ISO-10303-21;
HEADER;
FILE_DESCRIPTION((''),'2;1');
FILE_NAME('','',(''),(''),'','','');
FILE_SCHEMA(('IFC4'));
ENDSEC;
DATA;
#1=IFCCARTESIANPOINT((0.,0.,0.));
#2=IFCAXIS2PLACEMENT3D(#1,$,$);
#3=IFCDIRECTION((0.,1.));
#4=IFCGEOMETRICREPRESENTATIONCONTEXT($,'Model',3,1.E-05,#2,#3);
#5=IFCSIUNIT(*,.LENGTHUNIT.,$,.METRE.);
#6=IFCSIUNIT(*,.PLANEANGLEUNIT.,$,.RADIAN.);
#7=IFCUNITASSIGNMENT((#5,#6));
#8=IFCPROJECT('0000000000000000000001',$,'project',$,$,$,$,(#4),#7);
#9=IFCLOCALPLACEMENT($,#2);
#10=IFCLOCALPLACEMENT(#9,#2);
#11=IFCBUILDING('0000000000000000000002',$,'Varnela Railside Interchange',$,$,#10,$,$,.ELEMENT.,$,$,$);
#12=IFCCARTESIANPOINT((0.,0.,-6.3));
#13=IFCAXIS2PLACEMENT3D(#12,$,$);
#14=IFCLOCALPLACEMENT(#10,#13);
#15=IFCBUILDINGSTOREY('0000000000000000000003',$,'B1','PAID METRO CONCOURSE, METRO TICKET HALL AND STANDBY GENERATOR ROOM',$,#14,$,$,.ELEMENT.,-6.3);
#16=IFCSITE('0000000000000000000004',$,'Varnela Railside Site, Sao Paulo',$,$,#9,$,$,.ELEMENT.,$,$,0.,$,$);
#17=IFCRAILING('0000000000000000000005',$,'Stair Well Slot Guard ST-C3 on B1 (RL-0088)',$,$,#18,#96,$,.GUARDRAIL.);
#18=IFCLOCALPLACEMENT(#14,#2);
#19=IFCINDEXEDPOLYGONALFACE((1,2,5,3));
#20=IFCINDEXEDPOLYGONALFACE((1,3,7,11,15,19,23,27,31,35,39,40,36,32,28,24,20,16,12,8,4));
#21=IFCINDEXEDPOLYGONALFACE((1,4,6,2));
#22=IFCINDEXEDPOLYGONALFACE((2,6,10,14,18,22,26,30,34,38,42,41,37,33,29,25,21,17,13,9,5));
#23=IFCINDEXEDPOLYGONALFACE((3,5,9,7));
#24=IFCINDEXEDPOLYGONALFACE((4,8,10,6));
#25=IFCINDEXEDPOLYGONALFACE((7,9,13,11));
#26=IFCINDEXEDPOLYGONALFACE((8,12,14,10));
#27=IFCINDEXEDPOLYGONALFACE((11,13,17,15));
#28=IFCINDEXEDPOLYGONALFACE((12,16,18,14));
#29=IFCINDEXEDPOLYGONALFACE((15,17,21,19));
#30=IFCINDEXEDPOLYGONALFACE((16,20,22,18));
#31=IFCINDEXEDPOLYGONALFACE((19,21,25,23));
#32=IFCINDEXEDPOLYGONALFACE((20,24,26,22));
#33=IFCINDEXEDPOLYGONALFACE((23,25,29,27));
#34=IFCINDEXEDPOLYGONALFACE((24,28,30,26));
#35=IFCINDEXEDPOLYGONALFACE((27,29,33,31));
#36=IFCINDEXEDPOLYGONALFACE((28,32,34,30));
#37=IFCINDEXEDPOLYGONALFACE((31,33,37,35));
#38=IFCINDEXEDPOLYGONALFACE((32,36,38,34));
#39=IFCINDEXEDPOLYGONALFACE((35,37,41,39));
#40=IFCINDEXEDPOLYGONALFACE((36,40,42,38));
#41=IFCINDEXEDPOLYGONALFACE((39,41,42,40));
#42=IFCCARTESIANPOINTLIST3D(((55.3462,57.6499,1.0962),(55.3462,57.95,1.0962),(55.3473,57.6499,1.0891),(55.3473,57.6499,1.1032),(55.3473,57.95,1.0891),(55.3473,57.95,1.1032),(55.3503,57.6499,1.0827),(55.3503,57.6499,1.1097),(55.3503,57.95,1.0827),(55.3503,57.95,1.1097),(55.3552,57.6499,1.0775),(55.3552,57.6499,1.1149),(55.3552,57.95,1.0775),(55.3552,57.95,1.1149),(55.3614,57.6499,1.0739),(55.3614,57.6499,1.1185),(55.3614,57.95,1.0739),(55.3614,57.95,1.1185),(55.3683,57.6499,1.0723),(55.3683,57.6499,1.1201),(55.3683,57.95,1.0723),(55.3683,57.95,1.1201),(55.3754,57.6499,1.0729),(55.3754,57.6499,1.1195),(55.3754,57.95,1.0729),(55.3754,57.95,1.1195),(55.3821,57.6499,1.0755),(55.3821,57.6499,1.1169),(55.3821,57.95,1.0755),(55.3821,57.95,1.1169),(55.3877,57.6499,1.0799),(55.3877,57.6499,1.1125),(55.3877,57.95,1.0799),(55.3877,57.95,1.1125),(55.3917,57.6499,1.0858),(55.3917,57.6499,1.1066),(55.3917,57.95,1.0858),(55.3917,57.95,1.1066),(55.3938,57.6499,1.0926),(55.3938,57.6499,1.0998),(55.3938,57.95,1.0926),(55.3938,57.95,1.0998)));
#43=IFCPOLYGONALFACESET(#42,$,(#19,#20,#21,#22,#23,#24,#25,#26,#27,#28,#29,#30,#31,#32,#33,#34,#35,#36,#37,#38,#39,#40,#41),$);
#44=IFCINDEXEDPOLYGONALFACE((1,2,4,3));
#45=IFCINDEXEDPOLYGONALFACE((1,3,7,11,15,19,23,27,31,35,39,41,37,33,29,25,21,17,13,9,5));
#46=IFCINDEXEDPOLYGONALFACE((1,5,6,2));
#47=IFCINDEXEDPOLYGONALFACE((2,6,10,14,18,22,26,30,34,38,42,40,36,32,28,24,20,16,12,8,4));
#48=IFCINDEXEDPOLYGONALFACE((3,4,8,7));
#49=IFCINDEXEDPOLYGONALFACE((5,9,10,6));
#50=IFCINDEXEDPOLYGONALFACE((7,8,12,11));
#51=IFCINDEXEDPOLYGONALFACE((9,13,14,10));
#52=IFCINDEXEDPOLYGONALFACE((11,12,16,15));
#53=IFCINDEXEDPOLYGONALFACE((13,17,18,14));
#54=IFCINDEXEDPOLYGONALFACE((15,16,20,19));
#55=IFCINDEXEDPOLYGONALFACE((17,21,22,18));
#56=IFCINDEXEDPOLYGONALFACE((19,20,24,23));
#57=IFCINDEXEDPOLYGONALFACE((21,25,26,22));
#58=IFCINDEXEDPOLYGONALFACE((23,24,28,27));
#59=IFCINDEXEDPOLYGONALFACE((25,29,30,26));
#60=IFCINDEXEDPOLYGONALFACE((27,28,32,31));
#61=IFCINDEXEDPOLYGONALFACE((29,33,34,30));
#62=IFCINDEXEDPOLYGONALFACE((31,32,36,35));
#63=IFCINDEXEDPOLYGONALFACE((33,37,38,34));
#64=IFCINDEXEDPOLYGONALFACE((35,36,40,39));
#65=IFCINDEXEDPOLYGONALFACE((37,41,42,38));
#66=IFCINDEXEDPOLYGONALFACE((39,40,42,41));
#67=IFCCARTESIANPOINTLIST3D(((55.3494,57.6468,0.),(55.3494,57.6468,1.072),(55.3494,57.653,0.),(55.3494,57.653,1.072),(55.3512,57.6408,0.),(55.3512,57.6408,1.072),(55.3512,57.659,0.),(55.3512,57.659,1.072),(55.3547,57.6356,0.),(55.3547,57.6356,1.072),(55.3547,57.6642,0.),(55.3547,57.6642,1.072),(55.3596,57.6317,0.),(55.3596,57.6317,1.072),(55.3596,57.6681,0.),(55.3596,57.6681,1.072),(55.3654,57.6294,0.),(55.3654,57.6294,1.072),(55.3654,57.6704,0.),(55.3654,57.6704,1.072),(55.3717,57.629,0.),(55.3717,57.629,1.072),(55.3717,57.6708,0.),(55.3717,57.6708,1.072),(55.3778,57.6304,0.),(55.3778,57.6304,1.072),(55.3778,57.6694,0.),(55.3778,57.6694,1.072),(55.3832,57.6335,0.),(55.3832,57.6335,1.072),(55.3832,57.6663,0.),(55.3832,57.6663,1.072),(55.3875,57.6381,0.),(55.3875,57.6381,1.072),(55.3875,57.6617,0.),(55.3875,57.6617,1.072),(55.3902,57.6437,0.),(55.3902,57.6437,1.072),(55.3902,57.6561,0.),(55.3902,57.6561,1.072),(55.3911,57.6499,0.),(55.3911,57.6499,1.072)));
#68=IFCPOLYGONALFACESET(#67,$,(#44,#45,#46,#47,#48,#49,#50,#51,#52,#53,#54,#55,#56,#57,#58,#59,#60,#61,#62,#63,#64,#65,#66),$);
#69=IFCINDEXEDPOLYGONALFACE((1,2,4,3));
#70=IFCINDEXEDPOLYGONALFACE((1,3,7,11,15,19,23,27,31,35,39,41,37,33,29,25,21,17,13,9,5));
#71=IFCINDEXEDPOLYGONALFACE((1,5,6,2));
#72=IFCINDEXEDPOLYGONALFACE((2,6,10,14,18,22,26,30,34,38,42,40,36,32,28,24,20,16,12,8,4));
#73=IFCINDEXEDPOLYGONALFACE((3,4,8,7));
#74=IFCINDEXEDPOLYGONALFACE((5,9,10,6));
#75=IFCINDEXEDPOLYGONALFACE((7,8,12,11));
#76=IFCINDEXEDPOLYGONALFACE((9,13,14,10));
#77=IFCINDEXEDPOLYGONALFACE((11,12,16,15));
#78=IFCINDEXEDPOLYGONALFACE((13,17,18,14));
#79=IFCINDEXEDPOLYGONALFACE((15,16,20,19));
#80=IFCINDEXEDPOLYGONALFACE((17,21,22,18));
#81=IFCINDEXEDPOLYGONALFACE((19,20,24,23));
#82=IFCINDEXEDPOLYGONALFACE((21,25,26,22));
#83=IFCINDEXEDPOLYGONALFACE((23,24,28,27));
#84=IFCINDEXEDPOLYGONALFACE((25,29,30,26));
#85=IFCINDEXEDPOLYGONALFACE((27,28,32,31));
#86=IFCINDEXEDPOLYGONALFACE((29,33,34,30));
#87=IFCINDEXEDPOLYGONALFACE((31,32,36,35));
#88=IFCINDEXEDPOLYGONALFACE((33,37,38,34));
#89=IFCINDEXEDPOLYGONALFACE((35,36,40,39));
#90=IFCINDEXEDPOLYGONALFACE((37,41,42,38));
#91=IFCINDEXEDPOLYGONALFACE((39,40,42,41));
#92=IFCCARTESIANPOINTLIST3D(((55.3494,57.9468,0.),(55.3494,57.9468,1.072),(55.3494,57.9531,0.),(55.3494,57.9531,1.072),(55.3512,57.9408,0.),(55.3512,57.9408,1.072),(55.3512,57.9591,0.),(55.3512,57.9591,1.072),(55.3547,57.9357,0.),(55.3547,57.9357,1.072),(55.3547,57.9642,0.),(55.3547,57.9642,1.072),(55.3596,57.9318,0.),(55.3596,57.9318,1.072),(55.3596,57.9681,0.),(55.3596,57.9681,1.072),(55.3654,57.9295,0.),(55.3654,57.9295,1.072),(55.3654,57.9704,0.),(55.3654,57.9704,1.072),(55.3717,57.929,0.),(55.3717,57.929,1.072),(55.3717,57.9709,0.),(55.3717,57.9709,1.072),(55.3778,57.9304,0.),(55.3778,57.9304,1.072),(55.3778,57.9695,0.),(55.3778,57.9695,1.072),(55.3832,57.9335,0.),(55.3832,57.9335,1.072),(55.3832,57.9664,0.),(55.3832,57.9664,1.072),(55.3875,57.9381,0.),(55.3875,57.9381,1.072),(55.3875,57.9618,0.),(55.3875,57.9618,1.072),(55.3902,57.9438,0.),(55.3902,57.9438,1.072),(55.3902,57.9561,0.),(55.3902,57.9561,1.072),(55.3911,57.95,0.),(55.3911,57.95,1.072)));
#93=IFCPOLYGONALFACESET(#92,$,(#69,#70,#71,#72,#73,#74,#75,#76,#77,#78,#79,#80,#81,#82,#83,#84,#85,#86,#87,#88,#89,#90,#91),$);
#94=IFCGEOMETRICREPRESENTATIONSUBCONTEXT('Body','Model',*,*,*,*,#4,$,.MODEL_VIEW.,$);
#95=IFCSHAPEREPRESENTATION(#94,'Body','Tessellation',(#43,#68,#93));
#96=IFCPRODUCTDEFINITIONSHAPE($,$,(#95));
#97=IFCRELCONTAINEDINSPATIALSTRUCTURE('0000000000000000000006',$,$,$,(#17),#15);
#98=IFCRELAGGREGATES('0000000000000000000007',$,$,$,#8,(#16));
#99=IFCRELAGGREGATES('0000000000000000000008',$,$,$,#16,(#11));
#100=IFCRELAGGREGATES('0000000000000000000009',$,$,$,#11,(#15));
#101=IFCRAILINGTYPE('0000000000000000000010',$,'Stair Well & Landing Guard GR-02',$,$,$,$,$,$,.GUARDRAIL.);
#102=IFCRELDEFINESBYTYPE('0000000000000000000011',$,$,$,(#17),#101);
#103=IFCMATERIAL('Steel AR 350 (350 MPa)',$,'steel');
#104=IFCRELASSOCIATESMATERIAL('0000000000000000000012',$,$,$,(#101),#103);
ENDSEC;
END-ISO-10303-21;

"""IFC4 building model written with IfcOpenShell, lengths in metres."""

from ifc_helpers import new_model, si_unit, direction, frame, origin, origin_2d, place, context, subcontext, project, spatial, circle, extrude, material, type_object, element, save


model = new_model("IFC4")

# Units and contexts
model_context = context("Model", 3, precision=1e-05, world=origin(), true_north=direction((0.0, 1.0)))
body_context = subcontext(model_context, "Body", "Model", "MODEL_VIEW")
ifc_project = project(units=[si_unit("LENGTHUNIT", "METRE"), si_unit("PLANEANGLEUNIT", "RADIAN")], contexts=[model_context])

# Site, building, storey
site_placement = place(None, origin())
site = spatial("IfcSite", under=ifc_project, at=site_placement, Name="Varnela Railside Site, Sao Paulo", CompositionType="ELEMENT", RefElevation=0.0)
building_placement = place(site_placement, origin())
building = spatial("IfcBuilding", under=site, at=building_placement, Name="Varnela Railside Interchange", CompositionType="ELEMENT")
storey_placement = place(building_placement, frame((0.0, 0.0, -6.3)))
storey = spatial("IfcBuildingStorey", under=building, at=storey_placement, Name="B1", Description="PAID METRO CONCOURSE, METRO TICKET HALL AND STANDBY GENERATOR ROOM", CompositionType="ELEMENT", Elevation=-6.3)

# Railing
ifc_material_1 = material(Name="Steel AR 350 (350 MPa)", Category="steel")
railing_type_1 = type_object("IfcRailingType", Name="Stair Well & Landing Guard GR-02", PredefinedType="GUARDRAIL", material=ifc_material_1)
railing_1_placement = place(storey_placement, frame((55.3701, 57.6499, 0.0)))
element("IfcRailing", 1, at=railing_1_placement, inside=storey, type_object=railing_type_1, Name="Stair Well Slot Guard ST-C3 on B1 (RL-0088)", PredefinedType="GUARDRAIL", context=body_context, shape_type="SweptSolid", body=[
    extrude(circle(Radius=0.0239, at=origin_2d()), frame((0.0, 0.0, 1.0962), z_axis=(0.0, 1.0, 0.0), x_axis=(-1.0, 0.0, 0.0)), (0.0, 0.0, 1.0), 0.3),
    extrude(circle(Radius=0.021, at=origin_2d()), origin(), (0.0, 0.0, 1.0), 1.072),
    extrude(circle(Radius=0.021, at=origin_2d()), frame((0.0, 0.3, 0.0)), (0.0, 0.0, 1.0), 1.072),
])

save(model, "model.ifc")
